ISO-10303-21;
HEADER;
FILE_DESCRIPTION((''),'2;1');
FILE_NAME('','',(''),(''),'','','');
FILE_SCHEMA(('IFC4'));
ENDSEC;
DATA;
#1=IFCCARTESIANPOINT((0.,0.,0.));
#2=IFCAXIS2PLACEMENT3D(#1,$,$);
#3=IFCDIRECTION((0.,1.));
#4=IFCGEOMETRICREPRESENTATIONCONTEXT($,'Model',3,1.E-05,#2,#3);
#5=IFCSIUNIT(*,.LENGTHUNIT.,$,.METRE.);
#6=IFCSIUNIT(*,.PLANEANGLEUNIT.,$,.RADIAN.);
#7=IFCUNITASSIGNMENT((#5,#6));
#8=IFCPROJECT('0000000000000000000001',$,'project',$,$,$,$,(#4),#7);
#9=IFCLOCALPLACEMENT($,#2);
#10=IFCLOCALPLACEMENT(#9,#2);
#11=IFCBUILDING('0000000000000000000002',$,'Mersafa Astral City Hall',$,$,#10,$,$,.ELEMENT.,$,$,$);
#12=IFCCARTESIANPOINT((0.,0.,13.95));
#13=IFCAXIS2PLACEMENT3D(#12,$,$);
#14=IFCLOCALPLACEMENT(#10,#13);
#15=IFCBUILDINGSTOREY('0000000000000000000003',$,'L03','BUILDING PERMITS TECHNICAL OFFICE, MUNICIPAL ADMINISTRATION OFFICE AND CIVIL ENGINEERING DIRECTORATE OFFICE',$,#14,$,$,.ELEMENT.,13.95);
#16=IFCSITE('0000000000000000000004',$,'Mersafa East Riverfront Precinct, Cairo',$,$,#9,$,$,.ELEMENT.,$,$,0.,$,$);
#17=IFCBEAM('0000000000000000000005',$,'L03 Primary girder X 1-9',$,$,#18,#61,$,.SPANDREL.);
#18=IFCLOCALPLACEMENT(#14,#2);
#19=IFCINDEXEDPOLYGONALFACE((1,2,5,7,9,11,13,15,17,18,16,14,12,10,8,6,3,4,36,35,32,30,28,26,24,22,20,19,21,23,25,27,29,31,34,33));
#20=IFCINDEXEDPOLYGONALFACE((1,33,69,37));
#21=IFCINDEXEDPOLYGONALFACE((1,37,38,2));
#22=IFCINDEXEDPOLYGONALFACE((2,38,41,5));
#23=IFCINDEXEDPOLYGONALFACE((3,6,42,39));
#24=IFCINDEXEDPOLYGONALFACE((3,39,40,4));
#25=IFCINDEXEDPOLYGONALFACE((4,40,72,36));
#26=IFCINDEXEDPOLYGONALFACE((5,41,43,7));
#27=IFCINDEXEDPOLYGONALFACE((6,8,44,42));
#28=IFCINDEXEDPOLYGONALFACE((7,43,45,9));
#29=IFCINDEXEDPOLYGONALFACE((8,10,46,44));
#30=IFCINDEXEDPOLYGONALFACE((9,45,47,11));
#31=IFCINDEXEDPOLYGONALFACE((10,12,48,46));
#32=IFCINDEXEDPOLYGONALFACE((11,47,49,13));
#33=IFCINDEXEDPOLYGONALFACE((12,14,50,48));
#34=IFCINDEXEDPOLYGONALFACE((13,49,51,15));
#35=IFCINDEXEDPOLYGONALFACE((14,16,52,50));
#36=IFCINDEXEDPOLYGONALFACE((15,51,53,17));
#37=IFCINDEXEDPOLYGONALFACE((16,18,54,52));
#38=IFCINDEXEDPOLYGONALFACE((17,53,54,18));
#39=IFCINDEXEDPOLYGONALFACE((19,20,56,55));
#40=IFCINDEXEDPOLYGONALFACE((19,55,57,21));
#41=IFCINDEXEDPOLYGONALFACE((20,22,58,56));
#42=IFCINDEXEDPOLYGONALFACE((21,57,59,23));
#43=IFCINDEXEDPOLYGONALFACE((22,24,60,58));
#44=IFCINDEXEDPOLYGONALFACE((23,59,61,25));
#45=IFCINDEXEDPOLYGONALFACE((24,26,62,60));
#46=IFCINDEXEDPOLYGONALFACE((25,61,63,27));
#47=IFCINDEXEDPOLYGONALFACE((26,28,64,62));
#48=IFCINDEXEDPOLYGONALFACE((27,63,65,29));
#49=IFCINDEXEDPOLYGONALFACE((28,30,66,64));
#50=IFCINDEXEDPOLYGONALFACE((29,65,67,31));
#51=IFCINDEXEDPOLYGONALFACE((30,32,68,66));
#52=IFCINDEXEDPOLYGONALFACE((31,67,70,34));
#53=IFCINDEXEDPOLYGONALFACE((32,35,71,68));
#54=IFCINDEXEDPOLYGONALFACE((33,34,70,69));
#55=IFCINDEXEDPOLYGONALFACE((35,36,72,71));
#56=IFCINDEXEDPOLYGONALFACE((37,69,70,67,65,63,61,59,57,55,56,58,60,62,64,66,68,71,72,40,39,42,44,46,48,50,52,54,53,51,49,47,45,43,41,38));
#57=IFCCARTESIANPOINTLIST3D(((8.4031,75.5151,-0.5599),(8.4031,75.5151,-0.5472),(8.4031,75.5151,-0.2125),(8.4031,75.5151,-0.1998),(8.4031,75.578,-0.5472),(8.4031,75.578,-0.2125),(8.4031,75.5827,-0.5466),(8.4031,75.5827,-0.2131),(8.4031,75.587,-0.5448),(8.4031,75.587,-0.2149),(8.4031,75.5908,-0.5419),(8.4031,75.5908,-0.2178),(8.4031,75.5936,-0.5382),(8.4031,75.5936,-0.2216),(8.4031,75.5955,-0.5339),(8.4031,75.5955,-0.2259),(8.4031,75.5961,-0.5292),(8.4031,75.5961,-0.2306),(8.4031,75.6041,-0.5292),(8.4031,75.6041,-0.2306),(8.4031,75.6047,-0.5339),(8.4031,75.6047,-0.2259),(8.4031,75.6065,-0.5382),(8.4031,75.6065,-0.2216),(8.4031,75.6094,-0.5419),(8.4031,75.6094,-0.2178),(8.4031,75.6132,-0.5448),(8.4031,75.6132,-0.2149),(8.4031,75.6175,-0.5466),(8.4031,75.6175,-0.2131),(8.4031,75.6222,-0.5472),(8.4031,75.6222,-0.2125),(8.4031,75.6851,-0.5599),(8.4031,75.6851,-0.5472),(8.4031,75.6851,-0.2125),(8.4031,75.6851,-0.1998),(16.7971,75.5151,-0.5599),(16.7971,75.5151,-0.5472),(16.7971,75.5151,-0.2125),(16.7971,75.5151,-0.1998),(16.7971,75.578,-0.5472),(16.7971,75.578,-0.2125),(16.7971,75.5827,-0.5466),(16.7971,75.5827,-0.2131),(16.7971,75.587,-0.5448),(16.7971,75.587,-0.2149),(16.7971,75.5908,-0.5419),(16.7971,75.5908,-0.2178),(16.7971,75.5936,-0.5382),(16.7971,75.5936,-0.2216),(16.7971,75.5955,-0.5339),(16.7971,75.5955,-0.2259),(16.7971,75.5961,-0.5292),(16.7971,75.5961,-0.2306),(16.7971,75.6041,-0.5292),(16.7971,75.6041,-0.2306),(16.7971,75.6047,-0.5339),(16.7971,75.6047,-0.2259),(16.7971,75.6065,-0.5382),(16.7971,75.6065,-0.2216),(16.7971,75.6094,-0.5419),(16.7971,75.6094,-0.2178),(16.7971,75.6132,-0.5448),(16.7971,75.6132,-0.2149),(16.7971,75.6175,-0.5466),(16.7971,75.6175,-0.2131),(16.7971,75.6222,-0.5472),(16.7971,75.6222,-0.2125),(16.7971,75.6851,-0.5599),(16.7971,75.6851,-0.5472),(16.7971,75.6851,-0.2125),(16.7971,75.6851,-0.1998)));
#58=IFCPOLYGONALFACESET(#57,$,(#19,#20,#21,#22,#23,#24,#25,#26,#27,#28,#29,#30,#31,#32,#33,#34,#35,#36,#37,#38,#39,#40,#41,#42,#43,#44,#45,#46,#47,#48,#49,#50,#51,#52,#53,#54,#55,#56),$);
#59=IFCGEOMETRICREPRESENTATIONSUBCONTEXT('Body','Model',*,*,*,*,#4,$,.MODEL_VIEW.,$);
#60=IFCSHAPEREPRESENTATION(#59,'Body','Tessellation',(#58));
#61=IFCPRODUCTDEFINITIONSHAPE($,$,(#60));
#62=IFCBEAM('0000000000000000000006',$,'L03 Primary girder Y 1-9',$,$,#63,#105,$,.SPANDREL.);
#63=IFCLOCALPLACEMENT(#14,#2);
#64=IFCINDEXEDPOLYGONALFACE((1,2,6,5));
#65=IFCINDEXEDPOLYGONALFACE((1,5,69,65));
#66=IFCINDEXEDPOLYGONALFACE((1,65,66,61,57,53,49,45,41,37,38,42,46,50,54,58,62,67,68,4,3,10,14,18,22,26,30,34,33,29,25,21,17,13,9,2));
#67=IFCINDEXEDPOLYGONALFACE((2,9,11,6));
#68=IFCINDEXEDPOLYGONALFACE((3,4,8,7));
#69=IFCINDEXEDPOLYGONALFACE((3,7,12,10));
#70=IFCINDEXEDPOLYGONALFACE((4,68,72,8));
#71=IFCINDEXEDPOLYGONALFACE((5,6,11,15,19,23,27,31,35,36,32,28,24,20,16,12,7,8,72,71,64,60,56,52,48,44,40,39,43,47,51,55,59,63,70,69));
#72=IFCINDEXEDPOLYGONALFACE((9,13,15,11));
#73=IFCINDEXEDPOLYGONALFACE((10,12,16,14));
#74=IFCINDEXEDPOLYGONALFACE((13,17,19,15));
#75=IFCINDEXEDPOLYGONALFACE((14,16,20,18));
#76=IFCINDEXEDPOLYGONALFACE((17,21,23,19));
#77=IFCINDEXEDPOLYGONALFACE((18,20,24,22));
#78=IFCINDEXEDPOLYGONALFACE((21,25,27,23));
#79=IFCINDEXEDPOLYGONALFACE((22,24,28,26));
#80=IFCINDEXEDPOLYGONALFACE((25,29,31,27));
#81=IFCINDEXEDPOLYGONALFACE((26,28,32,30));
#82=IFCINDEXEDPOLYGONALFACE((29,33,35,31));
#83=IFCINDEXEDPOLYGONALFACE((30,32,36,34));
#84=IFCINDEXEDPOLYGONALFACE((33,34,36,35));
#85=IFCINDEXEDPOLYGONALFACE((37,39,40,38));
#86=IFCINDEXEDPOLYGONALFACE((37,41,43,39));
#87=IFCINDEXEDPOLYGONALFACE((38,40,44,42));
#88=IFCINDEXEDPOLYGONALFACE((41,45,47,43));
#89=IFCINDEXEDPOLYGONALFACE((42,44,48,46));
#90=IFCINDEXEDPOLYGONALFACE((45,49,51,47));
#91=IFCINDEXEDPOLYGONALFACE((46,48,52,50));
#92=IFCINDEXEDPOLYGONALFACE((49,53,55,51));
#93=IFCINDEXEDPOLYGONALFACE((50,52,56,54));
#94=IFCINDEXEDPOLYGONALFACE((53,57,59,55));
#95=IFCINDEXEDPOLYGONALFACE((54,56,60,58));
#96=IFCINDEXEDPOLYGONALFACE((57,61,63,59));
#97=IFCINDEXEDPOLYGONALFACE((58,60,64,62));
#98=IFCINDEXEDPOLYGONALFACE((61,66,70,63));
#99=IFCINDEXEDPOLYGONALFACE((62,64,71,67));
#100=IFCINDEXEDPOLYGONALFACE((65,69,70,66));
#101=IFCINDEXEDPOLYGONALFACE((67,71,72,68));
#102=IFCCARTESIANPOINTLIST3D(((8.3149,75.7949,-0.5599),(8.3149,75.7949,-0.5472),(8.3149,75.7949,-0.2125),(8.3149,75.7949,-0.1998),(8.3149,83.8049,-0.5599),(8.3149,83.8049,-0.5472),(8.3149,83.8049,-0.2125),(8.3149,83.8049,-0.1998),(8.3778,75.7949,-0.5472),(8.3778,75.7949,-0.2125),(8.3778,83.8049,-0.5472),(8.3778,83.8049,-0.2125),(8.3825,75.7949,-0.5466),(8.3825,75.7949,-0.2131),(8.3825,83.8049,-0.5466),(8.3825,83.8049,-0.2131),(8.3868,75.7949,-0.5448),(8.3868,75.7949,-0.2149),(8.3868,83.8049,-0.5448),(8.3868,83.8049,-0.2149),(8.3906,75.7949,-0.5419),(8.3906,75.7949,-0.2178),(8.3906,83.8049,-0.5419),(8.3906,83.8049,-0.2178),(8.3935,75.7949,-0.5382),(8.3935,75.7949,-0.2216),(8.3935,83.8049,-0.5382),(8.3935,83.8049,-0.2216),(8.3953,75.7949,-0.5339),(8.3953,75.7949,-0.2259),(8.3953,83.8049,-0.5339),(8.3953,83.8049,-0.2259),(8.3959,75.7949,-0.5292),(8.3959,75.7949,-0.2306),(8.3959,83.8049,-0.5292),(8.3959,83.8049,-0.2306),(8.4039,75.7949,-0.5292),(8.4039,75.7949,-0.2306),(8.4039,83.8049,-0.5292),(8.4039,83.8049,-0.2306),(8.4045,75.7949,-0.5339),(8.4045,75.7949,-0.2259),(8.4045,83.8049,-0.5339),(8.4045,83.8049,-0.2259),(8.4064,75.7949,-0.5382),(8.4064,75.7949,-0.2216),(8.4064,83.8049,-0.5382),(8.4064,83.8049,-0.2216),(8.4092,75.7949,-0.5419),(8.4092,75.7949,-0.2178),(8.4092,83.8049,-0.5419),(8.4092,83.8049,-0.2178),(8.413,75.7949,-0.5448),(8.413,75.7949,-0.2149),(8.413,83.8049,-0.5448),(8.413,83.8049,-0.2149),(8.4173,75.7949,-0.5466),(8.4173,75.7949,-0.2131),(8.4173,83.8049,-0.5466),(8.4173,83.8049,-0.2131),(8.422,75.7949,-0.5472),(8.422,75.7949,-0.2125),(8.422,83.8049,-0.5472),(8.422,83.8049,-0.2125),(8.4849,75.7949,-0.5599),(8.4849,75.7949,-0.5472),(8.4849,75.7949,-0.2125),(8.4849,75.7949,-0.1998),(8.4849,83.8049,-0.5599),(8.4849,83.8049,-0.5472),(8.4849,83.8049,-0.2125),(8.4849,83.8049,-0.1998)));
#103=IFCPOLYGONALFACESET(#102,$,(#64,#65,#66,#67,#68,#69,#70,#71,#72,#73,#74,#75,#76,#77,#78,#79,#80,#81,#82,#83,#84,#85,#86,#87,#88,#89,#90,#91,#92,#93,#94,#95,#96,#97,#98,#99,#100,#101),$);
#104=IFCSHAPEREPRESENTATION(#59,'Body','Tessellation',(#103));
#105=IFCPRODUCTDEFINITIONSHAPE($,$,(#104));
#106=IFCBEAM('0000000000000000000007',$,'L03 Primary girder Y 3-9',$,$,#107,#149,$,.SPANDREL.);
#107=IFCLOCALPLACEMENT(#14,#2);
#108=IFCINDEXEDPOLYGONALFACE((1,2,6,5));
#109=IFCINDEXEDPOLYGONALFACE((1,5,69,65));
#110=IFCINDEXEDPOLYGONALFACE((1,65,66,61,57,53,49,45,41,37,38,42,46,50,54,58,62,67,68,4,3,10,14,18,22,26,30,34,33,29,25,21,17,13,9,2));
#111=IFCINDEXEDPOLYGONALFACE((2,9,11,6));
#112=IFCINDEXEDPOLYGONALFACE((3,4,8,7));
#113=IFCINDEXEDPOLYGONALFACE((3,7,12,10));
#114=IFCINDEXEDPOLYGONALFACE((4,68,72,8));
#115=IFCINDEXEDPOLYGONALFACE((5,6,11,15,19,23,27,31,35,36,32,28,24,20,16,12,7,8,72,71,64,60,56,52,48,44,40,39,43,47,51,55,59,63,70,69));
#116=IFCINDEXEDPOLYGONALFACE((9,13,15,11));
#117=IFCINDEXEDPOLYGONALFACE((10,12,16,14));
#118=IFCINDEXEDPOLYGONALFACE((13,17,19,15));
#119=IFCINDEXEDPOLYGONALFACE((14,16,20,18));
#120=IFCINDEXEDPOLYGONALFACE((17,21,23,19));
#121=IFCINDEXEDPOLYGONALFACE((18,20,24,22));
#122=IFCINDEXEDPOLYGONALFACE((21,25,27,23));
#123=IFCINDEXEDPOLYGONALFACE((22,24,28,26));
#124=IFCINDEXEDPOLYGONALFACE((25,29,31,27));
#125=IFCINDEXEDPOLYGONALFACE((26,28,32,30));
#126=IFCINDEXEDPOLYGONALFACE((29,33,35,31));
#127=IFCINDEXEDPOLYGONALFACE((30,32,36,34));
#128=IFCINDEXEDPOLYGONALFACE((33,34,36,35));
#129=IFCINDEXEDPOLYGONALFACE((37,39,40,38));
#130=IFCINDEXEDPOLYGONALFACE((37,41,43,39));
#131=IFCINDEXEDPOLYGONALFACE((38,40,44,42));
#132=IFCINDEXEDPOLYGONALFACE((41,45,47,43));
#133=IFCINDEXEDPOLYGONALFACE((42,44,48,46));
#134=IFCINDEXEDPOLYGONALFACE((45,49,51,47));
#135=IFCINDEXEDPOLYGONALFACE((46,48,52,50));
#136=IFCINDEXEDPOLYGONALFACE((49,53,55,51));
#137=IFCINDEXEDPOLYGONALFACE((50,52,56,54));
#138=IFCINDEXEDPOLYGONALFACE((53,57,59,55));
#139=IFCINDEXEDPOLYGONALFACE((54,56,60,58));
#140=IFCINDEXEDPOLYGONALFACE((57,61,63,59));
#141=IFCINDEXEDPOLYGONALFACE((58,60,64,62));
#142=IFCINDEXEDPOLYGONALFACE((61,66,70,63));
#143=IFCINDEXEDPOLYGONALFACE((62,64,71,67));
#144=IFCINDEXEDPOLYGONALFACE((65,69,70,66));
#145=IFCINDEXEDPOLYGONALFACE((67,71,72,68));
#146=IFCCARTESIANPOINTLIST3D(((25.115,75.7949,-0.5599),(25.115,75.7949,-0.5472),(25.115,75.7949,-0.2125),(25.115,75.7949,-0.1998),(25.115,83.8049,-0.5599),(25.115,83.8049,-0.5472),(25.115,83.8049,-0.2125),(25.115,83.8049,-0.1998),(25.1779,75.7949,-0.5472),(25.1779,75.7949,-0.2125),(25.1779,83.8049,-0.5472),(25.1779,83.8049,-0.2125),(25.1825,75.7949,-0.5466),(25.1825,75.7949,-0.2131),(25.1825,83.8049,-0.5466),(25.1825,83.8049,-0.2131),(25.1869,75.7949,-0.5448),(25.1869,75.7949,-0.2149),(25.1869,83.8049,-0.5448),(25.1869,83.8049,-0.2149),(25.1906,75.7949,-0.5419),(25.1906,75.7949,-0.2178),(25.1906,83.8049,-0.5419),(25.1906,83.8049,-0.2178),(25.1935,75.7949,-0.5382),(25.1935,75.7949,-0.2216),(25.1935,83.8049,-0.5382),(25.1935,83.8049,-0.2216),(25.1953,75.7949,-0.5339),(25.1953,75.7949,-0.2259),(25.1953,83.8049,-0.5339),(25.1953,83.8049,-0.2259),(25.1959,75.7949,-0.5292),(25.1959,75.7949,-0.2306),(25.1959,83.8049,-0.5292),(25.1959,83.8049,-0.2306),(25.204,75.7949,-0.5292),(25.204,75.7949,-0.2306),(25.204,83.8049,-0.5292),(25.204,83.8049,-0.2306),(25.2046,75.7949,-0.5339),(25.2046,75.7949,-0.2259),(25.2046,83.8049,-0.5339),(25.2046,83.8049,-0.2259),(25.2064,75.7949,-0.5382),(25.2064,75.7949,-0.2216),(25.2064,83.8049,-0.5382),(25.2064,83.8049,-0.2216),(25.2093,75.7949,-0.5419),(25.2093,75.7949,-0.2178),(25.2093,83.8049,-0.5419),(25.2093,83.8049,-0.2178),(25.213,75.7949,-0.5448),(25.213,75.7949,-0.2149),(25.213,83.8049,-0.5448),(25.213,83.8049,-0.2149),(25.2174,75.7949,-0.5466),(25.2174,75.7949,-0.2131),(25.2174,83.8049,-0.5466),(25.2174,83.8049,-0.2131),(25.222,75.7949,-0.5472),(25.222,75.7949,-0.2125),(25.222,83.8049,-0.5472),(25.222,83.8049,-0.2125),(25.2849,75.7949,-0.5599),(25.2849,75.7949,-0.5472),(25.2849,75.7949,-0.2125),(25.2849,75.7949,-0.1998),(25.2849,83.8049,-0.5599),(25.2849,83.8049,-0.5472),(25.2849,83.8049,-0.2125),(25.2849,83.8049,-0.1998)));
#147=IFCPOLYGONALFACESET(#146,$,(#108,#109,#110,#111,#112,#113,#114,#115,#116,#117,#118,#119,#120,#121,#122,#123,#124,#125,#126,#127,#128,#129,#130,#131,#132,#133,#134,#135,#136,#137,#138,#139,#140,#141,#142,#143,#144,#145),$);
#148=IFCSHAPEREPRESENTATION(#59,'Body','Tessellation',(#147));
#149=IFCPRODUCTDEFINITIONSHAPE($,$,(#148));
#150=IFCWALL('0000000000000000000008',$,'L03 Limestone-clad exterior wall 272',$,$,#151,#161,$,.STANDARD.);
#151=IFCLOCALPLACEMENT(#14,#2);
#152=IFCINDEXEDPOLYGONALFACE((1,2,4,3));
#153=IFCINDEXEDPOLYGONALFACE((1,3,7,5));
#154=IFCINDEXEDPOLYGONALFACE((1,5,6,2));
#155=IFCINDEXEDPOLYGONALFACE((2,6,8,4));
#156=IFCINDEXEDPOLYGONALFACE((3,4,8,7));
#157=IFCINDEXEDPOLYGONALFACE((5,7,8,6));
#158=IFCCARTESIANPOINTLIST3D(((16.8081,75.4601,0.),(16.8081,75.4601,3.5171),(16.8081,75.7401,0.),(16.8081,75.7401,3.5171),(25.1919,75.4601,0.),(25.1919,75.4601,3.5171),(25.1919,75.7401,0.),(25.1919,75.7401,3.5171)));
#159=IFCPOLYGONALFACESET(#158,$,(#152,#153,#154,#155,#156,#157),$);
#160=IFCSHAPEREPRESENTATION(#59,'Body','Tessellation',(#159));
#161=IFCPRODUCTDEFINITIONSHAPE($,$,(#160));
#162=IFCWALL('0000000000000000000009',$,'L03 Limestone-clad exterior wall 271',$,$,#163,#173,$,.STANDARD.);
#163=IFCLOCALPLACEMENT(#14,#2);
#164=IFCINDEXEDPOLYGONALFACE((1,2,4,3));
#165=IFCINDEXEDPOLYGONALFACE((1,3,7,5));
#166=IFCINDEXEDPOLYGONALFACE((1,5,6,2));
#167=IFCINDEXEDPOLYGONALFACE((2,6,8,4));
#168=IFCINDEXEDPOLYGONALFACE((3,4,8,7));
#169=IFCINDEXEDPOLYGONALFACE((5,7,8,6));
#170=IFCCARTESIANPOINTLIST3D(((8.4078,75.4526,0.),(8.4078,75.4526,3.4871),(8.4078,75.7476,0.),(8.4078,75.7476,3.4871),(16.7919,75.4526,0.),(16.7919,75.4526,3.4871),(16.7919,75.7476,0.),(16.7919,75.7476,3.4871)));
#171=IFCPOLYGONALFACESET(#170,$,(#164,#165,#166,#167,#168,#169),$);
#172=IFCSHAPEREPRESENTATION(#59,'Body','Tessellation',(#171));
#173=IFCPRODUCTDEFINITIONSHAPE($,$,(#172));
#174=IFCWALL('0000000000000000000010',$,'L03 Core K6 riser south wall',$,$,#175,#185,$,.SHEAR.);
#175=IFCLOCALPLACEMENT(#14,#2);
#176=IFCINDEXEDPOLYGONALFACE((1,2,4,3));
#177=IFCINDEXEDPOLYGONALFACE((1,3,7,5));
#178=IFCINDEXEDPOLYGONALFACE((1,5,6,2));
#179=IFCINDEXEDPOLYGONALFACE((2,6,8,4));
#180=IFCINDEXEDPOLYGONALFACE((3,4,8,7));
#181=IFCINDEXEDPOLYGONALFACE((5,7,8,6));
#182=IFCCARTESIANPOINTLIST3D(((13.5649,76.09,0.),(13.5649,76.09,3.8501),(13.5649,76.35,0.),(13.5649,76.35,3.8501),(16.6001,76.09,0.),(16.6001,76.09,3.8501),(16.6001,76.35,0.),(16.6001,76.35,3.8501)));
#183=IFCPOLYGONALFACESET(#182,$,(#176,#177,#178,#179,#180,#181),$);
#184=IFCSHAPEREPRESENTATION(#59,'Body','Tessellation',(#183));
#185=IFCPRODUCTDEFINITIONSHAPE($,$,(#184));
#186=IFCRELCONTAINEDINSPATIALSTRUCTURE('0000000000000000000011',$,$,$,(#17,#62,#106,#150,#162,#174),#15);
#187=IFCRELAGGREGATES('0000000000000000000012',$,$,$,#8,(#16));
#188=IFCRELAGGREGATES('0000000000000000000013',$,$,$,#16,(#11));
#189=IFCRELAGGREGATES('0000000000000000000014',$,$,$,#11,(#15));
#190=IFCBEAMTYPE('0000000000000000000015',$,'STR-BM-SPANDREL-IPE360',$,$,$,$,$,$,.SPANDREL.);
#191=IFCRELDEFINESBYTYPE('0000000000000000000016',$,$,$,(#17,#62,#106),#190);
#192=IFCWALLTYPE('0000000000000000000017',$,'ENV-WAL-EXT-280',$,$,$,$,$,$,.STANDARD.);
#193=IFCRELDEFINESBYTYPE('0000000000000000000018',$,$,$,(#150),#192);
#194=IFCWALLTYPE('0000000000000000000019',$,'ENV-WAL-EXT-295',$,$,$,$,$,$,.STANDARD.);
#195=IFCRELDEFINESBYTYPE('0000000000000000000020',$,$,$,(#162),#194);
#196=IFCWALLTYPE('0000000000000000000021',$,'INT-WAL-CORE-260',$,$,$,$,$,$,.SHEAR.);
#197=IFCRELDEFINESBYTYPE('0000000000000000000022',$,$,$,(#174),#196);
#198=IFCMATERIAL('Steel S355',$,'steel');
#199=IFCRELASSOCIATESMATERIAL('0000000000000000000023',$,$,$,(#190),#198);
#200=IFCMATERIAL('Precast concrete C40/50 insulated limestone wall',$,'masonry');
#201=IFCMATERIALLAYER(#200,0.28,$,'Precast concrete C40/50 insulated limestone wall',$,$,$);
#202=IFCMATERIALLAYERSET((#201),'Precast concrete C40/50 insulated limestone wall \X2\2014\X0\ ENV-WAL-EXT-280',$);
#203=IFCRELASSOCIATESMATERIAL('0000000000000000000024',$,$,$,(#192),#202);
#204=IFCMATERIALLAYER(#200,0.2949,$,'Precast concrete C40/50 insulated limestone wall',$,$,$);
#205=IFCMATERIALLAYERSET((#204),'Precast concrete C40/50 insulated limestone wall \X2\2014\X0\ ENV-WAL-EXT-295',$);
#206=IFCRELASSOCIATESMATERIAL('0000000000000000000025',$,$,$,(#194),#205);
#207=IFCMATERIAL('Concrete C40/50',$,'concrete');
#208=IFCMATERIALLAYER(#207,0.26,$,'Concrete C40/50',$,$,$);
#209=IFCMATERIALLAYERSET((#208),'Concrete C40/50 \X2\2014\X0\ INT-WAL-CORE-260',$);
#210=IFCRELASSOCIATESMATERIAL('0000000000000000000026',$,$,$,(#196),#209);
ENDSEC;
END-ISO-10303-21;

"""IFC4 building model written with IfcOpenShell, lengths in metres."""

from ifc_helpers import new_model, si_unit, direction, frame, frame_2d, origin, origin_2d, place, context, subcontext, project, spatial, rectangle, i_section, extrude, material, layer, layer_set, material_profile, profile_set, type_object, element, save


model = new_model("IFC4")

# Units and contexts
model_context = context("Model", 3, precision=1e-05, world=origin(), true_north=direction((0.0, 1.0)))
body_context = subcontext(model_context, "Body", "Model", "MODEL_VIEW")
ifc_project = project(units=[si_unit("LENGTHUNIT", "METRE"), si_unit("PLANEANGLEUNIT", "RADIAN")], contexts=[model_context])

# Site, building, storey
site_placement = place(None, origin())
site = spatial("IfcSite", under=ifc_project, at=site_placement, Name="Mersafa East Riverfront Precinct, Cairo", CompositionType="ELEMENT", RefElevation=0.0)
building_placement = place(site_placement, origin())
building = spatial("IfcBuilding", under=site, at=building_placement, Name="Mersafa Astral City Hall", CompositionType="ELEMENT")
storey_placement = place(building_placement, frame((0.0, 0.0, 13.95)))
storey = spatial("IfcBuildingStorey", under=building, at=storey_placement, Name="L03", Description="BUILDING PERMITS TECHNICAL OFFICE, MUNICIPAL ADMINISTRATION OFFICE AND CIVIL ENGINEERING DIRECTORATE OFFICE", CompositionType="ELEMENT", Elevation=13.95)

# Shared definitions
ifc_material_1 = material(Name="Steel S355", Category="steel")

# Beams
ifc_material_profile_1 = material_profile(ifc_material_1, i_section(OverallWidth=0.1699, OverallDepth=0.3601, WebThickness=0.0081, FlangeThickness=0.0127, FilletRadius=0.0181, at=origin_2d()), Name="IPE 360")
ifc_profile_set_1 = profile_set([ifc_material_profile_1], Name="Steel S355")
beam_type_1 = type_object("IfcBeamType", Name="STR-BM-SPANDREL-IPE360", PredefinedType="SPANDREL", material=ifc_profile_set_1)
beam_1_placement = place(storey_placement, frame((8.4031, 75.6001, -0.3799), z_axis=(1.0, 0.0, 0.0), x_axis=(0.0, 1.0, 0.0)))
element("IfcBeam", 1, at=beam_1_placement, inside=storey, type_object=beam_type_1, Name="L03 Primary girder X 1-9", PredefinedType="SPANDREL", context=body_context, shape_type="SweptSolid", body=[
    extrude(i_section(OverallWidth=0.1699, OverallDepth=0.3601, WebThickness=0.0081, FlangeThickness=0.0127, FilletRadius=0.0181, at=origin_2d()), origin(), (0.0, 0.0, 1.0), 8.394),
])
for number, where, z_axis, x_axis, name in (
    (2, (8.3999, 75.7949, -0.3799), (0.0, 1.0, 0.0), (-1.0, 0.0, 0.0), "L03 Primary girder Y 1-9"),
    (3, (25.2, 75.7949, -0.3799), (0.0, 1.0, 0.0), (-1.0, 0.0, 0.0), "L03 Primary girder Y 3-9"),
):
    element("IfcBeam", number, at=place(storey_placement, frame(where, z_axis=z_axis, x_axis=x_axis)), inside=storey, type_object=beam_type_1, Name=name, PredefinedType="SPANDREL", context=body_context, shape_type="SweptSolid", body=[
        extrude(i_section(OverallWidth=0.1699, OverallDepth=0.3601, WebThickness=0.0081, FlangeThickness=0.0127, FilletRadius=0.0181, at=origin_2d()), origin(), (0.0, 0.0, 1.0), 8.01),
    ])

# Walls
ifc_material_2 = material(Name="Precast concrete C40/50 insulated limestone wall", Category="masonry")
ifc_layer_1 = layer(ifc_material_2, 0.28, Name="Precast concrete C40/50 insulated limestone wall")
ifc_layer_set_1 = layer_set([ifc_layer_1], Name="Precast concrete C40/50 insulated limestone wall — ENV-WAL-EXT-280")
wall_type_1 = type_object("IfcWallType", Name="ENV-WAL-EXT-280", PredefinedType="STANDARD", material=ifc_layer_set_1)
wall_1_placement = place(storey_placement, frame((16.8081, 75.6001, 0.0), z_axis=(0.0, 0.0, 1.0), x_axis=(1.0, 0.0, 0.0)))
element("IfcWall", 4, at=wall_1_placement, inside=storey, type_object=wall_type_1, Name="L03 Limestone-clad exterior wall 272", PredefinedType="STANDARD", context=body_context, shape_type="SweptSolid", body=[
    extrude(rectangle(XDim=8.3838, YDim=0.28, at=frame_2d((4.1919, 0.0))), origin(), (0.0, 0.0, 1.0), 3.5171),
])
ifc_layer_2 = layer(ifc_material_2, 0.2949, Name="Precast concrete C40/50 insulated limestone wall")
ifc_layer_set_2 = layer_set([ifc_layer_2], Name="Precast concrete C40/50 insulated limestone wall — ENV-WAL-EXT-295")
wall_type_2 = type_object("IfcWallType", Name="ENV-WAL-EXT-295", PredefinedType="STANDARD", material=ifc_layer_set_2)
wall_2_placement = place(storey_placement, frame((8.408, 75.6001, 0.0), z_axis=(0.0, 0.0, 1.0), x_axis=(1.0, 0.0, 0.0)))
element("IfcWall", 5, at=wall_2_placement, inside=storey, type_object=wall_type_2, Name="L03 Limestone-clad exterior wall 271", PredefinedType="STANDARD", context=body_context, shape_type="SweptSolid", body=[
    extrude(rectangle(XDim=8.384, YDim=0.2949, at=frame_2d((4.1919, 0.0))), origin(), (0.0, 0.0, 1.0), 3.4871),
])
ifc_material_3 = material(Name="Concrete C40/50", Category="concrete")
ifc_layer_3 = layer(ifc_material_3, 0.26, Name="Concrete C40/50")
ifc_layer_set_3 = layer_set([ifc_layer_3], Name="Concrete C40/50 — INT-WAL-CORE-260")
wall_type_3 = type_object("IfcWallType", Name="INT-WAL-CORE-260", PredefinedType="SHEAR", material=ifc_layer_set_3)
wall_3_placement = place(storey_placement, frame((13.5649, 76.22, 0.0), z_axis=(0.0, 0.0, 1.0), x_axis=(1.0, 0.0, 0.0)))
element("IfcWall", 6, at=wall_3_placement, inside=storey, type_object=wall_type_3, Name="L03 Core K6 riser south wall", PredefinedType="SHEAR", context=body_context, shape_type="SweptSolid", body=[
    extrude(rectangle(XDim=3.0352, YDim=0.26, at=frame_2d((1.5176, 0.0))), origin(), (0.0, 0.0, 1.0), 3.8501),
])

save(model, "model.ifc")
